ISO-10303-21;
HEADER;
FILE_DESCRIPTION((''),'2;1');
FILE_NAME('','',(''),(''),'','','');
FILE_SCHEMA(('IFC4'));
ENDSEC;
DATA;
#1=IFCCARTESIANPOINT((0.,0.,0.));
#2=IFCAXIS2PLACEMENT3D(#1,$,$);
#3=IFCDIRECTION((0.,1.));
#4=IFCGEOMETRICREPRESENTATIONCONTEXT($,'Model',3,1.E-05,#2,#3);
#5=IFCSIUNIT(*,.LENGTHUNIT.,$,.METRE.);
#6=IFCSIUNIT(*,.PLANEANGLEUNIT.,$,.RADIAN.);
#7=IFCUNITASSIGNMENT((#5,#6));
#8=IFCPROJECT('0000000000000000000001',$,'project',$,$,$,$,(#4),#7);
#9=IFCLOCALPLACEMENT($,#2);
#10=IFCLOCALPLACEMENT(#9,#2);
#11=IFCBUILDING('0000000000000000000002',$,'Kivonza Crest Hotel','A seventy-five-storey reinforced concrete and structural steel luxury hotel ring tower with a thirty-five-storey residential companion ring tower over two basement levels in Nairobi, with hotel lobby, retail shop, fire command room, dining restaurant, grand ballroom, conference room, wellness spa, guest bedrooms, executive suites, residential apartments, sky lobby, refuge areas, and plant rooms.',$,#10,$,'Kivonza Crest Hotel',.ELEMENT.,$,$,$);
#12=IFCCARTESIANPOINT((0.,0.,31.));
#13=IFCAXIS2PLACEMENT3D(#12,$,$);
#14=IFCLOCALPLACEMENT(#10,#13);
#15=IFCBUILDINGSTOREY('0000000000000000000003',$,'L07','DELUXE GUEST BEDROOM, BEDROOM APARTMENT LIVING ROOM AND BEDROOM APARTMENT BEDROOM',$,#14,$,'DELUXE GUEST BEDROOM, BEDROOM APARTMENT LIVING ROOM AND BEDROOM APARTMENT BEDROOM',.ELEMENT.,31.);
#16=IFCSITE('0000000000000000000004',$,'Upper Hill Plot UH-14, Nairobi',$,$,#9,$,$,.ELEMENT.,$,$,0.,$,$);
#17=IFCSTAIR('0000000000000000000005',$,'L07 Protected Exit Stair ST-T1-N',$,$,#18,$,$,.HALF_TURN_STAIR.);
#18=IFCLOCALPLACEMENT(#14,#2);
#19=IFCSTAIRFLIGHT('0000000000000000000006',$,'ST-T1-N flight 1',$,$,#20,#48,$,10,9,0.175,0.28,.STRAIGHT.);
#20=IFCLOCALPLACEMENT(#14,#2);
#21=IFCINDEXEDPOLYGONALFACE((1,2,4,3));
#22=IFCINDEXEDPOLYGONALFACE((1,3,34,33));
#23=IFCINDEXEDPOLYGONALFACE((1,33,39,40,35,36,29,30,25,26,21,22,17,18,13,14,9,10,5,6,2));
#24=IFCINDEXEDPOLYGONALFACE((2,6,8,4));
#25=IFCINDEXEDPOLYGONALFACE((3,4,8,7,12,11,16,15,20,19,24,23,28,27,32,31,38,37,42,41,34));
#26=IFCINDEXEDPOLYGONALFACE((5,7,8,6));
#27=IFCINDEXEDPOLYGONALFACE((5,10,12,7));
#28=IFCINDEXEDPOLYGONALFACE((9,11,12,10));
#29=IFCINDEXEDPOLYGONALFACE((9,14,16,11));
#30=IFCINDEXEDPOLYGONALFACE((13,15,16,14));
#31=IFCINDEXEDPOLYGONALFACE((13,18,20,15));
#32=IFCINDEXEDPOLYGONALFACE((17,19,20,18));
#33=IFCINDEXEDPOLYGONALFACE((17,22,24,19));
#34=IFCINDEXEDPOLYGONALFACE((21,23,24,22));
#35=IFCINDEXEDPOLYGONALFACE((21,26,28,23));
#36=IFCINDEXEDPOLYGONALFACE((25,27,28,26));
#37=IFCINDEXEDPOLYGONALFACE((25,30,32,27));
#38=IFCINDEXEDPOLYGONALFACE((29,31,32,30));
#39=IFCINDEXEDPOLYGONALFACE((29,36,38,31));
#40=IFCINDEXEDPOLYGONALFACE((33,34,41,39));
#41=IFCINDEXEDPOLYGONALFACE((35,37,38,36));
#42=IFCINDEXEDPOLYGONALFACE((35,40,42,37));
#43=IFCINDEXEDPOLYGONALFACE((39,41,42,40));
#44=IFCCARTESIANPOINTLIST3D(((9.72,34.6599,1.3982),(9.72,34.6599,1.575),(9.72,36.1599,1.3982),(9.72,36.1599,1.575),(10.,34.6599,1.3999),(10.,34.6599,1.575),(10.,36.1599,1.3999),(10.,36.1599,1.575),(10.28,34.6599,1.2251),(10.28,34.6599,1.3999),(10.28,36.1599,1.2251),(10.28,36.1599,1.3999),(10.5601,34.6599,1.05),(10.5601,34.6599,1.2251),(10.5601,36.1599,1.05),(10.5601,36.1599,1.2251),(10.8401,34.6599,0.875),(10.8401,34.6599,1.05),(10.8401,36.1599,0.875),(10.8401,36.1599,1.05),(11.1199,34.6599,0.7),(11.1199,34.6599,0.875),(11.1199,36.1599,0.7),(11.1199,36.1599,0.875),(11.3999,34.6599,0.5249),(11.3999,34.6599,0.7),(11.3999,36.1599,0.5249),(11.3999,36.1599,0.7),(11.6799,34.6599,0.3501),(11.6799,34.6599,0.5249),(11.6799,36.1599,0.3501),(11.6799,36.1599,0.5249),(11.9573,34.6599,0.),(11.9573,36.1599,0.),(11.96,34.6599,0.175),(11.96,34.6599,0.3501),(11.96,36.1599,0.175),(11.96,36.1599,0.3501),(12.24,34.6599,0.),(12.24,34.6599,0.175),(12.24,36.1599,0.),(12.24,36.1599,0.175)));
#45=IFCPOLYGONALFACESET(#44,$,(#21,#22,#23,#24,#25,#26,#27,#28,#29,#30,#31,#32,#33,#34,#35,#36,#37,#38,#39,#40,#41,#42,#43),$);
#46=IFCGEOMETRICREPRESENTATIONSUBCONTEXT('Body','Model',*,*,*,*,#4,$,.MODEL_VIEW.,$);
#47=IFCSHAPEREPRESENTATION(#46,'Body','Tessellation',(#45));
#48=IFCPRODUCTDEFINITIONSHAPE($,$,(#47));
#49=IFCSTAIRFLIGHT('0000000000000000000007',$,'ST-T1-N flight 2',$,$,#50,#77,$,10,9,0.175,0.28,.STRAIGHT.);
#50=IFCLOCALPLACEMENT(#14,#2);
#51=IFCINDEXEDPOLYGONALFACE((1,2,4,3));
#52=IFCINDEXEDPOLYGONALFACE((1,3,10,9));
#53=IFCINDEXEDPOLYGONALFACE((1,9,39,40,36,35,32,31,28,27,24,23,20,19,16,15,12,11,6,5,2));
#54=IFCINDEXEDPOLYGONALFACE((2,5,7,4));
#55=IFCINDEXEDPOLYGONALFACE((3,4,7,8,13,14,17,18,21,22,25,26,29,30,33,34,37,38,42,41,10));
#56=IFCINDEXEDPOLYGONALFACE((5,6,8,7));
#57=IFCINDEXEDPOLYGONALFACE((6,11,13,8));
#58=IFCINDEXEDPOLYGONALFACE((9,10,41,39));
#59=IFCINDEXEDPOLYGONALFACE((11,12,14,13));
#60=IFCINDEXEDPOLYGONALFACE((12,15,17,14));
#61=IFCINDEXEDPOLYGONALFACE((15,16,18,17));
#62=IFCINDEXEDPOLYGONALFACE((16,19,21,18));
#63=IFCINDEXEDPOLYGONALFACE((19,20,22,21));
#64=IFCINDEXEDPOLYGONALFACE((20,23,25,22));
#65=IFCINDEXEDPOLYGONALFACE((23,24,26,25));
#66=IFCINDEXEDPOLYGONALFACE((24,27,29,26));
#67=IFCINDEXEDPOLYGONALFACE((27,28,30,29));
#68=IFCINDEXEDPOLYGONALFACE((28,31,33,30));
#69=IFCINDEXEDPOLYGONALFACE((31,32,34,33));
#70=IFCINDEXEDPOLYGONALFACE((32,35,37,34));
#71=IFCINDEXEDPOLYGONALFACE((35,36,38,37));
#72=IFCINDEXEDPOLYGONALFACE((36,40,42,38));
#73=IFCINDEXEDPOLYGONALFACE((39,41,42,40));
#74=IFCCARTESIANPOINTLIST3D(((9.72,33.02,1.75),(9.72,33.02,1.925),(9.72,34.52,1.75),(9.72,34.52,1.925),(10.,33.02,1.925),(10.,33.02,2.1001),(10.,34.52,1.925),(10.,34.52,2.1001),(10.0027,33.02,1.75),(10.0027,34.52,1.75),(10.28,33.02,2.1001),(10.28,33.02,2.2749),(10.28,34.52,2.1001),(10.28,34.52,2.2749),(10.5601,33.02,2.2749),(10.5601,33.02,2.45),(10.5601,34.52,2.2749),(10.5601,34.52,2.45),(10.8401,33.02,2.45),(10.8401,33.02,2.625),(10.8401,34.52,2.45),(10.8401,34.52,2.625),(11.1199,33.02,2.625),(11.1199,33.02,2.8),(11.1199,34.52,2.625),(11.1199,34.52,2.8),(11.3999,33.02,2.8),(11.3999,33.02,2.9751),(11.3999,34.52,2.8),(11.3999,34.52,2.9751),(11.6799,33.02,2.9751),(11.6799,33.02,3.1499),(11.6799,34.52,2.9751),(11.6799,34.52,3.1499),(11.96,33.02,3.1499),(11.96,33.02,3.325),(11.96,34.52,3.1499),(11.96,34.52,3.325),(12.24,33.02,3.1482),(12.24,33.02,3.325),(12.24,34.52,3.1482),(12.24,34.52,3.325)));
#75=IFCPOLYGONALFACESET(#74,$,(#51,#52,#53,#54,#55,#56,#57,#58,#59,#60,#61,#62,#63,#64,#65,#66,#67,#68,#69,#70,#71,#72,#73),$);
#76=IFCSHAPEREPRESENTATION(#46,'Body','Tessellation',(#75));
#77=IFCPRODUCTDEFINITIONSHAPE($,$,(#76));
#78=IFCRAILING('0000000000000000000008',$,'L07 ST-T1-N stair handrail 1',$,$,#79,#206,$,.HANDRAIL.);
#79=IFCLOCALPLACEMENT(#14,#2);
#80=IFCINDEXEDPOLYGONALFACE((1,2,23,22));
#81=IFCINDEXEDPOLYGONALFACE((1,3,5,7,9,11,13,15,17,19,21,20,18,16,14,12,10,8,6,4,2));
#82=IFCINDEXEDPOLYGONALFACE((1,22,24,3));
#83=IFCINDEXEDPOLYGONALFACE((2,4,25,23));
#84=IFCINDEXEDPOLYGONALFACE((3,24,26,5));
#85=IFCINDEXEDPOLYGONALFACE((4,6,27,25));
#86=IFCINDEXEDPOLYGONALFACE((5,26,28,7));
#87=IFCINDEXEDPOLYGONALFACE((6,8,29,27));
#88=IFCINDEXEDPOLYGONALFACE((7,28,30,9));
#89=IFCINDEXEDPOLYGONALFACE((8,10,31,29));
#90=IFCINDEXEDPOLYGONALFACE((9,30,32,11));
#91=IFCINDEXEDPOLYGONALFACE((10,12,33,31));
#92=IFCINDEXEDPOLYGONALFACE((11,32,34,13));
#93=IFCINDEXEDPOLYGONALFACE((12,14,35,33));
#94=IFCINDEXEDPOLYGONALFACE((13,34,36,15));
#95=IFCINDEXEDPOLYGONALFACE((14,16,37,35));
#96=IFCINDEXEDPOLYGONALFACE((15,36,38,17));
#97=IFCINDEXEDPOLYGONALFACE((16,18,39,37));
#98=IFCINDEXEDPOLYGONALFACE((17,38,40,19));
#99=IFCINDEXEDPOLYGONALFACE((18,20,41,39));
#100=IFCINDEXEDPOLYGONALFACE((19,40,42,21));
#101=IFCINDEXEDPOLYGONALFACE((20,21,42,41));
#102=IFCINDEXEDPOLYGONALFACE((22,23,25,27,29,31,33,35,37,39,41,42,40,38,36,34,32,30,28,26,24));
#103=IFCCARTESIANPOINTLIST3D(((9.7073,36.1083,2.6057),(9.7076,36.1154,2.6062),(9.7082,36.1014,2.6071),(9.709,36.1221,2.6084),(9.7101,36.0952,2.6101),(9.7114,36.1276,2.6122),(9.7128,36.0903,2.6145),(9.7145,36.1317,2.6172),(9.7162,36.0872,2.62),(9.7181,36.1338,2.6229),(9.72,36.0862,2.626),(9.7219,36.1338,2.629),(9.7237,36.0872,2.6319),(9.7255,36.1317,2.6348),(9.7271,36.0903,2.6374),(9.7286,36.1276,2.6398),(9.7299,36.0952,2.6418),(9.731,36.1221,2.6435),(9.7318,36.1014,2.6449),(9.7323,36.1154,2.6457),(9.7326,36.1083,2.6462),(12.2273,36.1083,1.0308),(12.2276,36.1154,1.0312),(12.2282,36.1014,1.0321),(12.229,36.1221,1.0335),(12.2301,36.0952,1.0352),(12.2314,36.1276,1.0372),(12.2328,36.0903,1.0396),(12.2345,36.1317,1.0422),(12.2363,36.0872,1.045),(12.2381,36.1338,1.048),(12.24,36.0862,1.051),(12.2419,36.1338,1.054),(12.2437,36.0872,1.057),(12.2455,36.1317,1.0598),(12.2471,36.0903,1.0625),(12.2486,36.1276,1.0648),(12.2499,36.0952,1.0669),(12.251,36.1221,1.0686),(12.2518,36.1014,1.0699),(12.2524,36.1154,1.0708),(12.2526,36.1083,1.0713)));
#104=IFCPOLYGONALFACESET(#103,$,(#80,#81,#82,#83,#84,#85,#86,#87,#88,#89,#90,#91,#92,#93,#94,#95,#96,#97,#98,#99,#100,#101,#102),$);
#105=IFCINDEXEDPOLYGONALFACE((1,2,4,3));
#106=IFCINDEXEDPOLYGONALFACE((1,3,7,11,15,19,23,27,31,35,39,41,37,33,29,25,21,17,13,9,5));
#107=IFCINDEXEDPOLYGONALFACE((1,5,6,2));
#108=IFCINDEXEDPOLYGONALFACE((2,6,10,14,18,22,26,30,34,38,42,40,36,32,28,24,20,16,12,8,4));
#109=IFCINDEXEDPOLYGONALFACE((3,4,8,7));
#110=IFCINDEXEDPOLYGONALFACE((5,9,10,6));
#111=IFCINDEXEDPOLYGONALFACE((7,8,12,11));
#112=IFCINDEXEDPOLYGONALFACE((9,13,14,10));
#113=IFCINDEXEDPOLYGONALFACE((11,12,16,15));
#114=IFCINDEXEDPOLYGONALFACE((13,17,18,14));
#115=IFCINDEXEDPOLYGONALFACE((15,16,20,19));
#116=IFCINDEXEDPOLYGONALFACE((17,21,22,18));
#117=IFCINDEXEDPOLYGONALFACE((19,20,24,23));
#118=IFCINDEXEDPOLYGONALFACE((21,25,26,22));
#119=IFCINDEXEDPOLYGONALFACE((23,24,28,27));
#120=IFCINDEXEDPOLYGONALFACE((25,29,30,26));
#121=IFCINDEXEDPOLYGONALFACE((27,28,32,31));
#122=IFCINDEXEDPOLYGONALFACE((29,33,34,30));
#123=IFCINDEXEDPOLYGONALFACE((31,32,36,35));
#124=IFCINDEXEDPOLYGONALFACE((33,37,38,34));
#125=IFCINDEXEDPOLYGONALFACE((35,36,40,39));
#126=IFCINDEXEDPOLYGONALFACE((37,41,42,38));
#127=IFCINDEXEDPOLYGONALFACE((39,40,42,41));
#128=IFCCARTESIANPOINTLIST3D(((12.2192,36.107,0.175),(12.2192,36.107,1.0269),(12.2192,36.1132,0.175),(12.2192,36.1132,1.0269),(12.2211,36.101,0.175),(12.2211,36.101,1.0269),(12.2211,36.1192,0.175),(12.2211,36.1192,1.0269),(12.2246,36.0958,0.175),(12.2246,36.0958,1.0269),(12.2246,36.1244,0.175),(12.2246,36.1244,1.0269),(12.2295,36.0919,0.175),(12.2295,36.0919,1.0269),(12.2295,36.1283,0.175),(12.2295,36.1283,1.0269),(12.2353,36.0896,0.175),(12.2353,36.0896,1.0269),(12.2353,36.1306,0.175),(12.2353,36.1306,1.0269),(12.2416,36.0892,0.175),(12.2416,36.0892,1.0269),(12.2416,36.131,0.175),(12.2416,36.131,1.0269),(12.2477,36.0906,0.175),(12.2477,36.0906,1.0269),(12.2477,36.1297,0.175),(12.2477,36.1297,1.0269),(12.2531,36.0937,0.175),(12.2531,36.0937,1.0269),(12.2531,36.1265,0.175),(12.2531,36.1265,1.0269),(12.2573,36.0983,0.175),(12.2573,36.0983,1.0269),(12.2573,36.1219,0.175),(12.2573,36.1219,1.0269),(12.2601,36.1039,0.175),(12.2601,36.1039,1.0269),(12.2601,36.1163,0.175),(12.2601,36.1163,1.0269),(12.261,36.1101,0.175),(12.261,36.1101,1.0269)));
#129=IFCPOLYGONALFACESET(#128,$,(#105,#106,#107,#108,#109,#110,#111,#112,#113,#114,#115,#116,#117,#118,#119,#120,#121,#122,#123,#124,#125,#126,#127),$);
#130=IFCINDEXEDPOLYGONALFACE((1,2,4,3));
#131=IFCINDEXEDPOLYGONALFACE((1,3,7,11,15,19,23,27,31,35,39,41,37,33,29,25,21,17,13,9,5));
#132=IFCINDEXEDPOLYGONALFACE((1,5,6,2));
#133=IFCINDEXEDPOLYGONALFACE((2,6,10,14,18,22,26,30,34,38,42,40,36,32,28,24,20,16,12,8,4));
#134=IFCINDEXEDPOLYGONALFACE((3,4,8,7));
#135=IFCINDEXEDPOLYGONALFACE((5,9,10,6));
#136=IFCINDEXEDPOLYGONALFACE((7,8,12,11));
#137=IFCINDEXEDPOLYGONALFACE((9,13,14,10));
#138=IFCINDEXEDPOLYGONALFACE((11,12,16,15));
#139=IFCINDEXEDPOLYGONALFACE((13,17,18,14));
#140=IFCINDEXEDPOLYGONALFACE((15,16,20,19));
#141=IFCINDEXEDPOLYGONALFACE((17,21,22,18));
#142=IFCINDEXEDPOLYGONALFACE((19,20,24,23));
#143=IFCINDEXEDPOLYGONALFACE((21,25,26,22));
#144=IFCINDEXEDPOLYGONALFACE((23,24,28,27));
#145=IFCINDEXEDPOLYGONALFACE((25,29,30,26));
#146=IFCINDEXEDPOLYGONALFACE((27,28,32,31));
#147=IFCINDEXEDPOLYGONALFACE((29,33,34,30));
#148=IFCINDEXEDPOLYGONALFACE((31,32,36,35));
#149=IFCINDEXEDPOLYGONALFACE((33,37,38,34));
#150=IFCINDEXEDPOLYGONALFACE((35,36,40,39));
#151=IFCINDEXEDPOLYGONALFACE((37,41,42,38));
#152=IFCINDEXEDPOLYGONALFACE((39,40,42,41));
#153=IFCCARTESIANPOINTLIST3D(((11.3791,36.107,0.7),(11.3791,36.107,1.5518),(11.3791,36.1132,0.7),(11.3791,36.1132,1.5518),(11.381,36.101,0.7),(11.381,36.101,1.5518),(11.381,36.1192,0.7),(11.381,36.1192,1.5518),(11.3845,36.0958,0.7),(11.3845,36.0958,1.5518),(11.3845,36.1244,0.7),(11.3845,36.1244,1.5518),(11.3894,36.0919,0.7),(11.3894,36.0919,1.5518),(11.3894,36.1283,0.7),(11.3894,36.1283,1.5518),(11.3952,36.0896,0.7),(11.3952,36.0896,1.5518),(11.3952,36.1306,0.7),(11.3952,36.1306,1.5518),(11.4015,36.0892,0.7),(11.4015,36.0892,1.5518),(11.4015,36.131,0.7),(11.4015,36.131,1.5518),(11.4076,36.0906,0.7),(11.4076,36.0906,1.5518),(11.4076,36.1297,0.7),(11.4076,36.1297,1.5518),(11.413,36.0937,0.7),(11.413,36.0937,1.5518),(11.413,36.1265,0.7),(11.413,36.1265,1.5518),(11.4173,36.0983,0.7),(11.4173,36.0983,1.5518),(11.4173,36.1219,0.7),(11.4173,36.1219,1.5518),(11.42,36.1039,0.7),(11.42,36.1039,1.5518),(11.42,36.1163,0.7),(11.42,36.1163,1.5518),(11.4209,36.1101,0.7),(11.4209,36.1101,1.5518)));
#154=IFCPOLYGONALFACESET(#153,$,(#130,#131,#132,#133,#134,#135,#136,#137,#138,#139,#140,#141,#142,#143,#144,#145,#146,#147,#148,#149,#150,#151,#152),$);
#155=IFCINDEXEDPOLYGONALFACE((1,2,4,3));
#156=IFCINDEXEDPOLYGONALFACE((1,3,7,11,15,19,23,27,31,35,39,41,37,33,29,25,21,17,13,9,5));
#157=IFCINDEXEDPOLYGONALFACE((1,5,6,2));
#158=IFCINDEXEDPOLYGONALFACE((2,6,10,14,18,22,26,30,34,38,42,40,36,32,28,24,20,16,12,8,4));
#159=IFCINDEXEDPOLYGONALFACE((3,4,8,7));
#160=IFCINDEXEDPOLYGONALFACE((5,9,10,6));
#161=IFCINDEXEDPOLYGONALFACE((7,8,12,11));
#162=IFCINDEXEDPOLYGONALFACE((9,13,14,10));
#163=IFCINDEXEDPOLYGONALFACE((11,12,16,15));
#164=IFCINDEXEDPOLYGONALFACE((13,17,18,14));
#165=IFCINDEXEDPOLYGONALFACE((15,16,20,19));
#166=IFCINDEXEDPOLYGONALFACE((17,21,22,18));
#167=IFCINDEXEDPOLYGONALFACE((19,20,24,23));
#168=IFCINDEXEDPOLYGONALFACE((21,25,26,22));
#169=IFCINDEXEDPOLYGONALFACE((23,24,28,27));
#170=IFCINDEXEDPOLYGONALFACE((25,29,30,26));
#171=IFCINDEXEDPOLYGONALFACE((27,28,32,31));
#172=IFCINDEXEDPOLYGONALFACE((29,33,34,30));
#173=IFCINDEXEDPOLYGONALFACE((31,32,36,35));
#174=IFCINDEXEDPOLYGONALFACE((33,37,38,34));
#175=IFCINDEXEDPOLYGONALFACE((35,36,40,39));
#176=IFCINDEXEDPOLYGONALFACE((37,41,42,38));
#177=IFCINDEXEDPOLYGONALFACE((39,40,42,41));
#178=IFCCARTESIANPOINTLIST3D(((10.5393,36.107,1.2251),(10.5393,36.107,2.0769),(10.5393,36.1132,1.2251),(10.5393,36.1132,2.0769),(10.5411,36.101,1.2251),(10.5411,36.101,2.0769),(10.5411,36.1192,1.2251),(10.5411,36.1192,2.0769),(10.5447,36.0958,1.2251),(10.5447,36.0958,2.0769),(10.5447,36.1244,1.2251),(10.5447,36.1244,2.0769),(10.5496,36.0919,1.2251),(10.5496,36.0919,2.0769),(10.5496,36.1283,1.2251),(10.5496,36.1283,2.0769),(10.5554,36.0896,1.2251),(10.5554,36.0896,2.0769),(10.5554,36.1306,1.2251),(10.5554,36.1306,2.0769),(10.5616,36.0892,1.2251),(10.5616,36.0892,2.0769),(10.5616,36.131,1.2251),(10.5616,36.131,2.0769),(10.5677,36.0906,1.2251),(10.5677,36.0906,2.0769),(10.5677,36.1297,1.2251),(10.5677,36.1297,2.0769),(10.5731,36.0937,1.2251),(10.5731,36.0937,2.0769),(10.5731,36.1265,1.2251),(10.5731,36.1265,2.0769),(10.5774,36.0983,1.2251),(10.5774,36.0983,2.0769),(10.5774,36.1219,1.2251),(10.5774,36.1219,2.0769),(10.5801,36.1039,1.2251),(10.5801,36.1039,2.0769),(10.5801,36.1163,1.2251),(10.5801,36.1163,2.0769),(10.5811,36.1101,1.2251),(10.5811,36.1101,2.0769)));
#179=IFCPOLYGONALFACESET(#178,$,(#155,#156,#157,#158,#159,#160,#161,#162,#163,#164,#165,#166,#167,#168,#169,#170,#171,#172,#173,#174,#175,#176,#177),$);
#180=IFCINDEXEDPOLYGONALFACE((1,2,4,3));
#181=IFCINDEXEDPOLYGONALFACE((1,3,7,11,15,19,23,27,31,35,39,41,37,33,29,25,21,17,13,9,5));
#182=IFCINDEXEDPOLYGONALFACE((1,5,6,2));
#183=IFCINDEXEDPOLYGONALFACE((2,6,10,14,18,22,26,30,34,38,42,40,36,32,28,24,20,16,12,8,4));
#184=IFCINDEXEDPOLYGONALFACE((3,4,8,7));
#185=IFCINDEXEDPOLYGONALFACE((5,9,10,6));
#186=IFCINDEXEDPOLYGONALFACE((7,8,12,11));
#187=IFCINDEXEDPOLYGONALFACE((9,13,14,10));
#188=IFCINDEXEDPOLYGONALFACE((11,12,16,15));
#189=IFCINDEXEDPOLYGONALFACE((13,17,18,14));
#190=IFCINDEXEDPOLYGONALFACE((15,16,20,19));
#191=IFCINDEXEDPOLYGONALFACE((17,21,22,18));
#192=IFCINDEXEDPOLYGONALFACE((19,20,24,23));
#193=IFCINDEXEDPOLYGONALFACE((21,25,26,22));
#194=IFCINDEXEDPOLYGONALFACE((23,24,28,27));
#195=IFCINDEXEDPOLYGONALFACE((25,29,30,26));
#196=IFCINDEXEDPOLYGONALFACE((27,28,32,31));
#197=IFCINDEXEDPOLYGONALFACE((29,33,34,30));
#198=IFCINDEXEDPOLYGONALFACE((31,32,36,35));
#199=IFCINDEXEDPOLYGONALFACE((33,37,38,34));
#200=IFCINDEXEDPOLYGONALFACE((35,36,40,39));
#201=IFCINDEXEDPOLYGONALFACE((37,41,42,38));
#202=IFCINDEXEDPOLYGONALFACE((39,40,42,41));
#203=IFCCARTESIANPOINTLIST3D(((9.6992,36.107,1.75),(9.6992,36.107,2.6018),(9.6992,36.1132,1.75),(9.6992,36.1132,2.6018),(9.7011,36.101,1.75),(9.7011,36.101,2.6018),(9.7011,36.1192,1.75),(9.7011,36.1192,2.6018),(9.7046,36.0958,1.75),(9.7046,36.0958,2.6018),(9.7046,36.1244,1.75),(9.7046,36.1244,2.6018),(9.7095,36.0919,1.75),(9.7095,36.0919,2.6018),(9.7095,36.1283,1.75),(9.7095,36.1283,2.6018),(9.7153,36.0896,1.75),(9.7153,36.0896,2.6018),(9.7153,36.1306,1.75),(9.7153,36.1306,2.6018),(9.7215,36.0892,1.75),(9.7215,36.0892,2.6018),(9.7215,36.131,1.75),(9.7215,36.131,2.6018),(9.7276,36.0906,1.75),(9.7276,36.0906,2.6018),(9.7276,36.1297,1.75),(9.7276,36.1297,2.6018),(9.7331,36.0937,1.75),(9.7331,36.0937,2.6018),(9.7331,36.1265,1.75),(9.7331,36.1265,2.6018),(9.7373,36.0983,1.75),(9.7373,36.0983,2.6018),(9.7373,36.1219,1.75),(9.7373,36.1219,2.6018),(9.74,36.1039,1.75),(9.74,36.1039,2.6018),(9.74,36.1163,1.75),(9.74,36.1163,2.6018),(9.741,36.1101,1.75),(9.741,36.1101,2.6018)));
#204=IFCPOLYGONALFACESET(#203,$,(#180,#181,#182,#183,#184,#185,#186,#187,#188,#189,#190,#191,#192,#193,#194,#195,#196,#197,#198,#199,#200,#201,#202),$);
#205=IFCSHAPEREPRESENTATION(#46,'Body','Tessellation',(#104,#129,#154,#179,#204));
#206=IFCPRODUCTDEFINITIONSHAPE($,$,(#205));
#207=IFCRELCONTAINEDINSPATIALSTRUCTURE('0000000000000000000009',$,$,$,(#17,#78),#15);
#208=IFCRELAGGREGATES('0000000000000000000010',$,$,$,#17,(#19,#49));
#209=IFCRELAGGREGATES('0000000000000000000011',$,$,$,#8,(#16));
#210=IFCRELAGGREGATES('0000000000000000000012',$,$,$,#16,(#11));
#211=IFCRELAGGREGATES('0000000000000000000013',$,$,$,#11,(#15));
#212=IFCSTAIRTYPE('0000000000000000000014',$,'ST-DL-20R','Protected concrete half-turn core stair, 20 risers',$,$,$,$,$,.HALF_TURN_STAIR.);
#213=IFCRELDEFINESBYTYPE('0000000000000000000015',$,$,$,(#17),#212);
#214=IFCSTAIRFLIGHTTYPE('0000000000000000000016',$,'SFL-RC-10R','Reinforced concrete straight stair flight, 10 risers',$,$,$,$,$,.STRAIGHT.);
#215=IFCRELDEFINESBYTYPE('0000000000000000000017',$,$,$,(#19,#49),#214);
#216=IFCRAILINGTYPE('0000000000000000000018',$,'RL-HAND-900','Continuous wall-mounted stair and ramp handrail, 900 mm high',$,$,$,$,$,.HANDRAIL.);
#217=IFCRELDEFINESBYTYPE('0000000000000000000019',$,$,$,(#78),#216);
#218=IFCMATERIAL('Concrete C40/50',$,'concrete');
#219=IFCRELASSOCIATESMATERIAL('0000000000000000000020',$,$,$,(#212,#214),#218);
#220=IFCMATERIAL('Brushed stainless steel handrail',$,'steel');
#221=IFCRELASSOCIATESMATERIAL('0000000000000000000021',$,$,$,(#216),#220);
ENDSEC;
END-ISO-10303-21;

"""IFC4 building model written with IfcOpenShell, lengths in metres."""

from ifc_helpers import new_model, si_unit, direction, frame, origin, origin_2d, place, context, subcontext, project, spatial, polyline, circle, outline, extrude, material, type_object, element, aggregate, save


model = new_model("IFC4")

# Units and contexts
model_context = context("Model", 3, precision=1e-05, world=origin(), true_north=direction((0.0, 1.0)))
body_context = subcontext(model_context, "Body", "Model", "MODEL_VIEW")
ifc_project = project(units=[si_unit("LENGTHUNIT", "METRE"), si_unit("PLANEANGLEUNIT", "RADIAN")], contexts=[model_context])

# Site, building, storey
site_placement = place(None, origin())
site = spatial("IfcSite", under=ifc_project, at=site_placement, Name="Upper Hill Plot UH-14, Nairobi", CompositionType="ELEMENT", RefElevation=0.0)
building_placement = place(site_placement, origin())
building = spatial("IfcBuilding", under=site, at=building_placement, Name="Kivonza Crest Hotel", Description="A seventy-five-storey reinforced concrete and structural steel luxury hotel ring tower with a thirty-five-storey residential companion ring tower over two basement levels in Nairobi, with hotel lobby, retail shop, fire command room, dining restaurant, grand ballroom, conference room, wellness spa, guest bedrooms, executive suites, residential apartments, sky lobby, refuge areas, and plant rooms.", LongName="Kivonza Crest Hotel", CompositionType="ELEMENT")
storey_placement = place(building_placement, frame((0.0, 0.0, 31.0)))
storey = spatial("IfcBuildingStorey", under=building, at=storey_placement, Name="L07", Description="DELUXE GUEST BEDROOM, BEDROOM APARTMENT LIVING ROOM AND BEDROOM APARTMENT BEDROOM", LongName="DELUXE GUEST BEDROOM, BEDROOM APARTMENT LIVING ROOM AND BEDROOM APARTMENT BEDROOM", CompositionType="ELEMENT", Elevation=31.0)

# Stair, stair flights
ifc_material_1 = material(Name="Concrete C40/50", Category="concrete")
stair_type = type_object("IfcStairType", Name="ST-DL-20R", Description="Protected concrete half-turn core stair, 20 risers", PredefinedType="HALF_TURN_STAIR", material=ifc_material_1)
stair_placement = place(storey_placement, origin())
stair = element("IfcStair", 1, at=stair_placement, inside=storey, type_object=stair_type, Name="L07 Protected Exit Stair ST-T1-N", PredefinedType="HALF_TURN_STAIR")
stair_flight_type = type_object("IfcStairFlightType", Name="SFL-RC-10R", Description="Reinforced concrete straight stair flight, 10 risers", PredefinedType="STRAIGHT", material=ifc_material_1)
stair_flight_1_placement = place(storey_placement, frame((12.24, 35.4099, 0.0), z_axis=(0.0, 0.0, 1.0), x_axis=(-1.0, 0.0, 0.0)))
stair_flight_1 = element("IfcStairFlight", 2, at=stair_flight_1_placement, type_object=stair_flight_type, Name="ST-T1-N flight 1", NumberOfRisers=10, NumberOfTreads=9, PredefinedType="STRAIGHT", RiserHeight=0.175, TreadLength=0.28, context=body_context, shape_type="SweptSolid", body=[
    extrude(outline(polyline([(0.0, 0.0), (0.0, 0.175), (0.28, 0.175), (0.28, 0.3501), (0.5601, 0.3501), (0.5601, 0.5249), (0.8401, 0.5249), (0.8401, 0.7), (1.1201, 0.7), (1.1201, 0.875), (1.3999, 0.875), (1.3999, 1.05), (1.6799, 1.05), (1.6799, 1.2251), (1.96, 1.2251), (1.96, 1.3999), (2.24, 1.3999), (2.24, 1.575), (2.52, 1.575), (2.52, 1.75), (2.52, 1.3982), (0.2827, 0.0), (0.0, 0.0)])), frame((0.0, 0.75, 0.0), z_axis=(0.0, -1.0, 0.0), x_axis=(1.0, 0.0, 0.0)), (0.0, 0.0, 1.0), 1.5),
])
stair_flight_2_placement = place(storey_placement, frame((9.72, 33.77, 1.75), z_axis=(0.0, 0.0, 1.0), x_axis=(1.0, 0.0, 0.0)))
stair_flight_2 = element("IfcStairFlight", 3, at=stair_flight_2_placement, type_object=stair_flight_type, Name="ST-T1-N flight 2", NumberOfRisers=10, NumberOfTreads=9, PredefinedType="STRAIGHT", RiserHeight=0.175, TreadLength=0.28, context=body_context, shape_type="SweptSolid", body=[
    extrude(outline(polyline([(0.0, 0.0), (0.0, 0.175), (0.28, 0.175), (0.28, 0.3501), (0.5601, 0.3501), (0.5601, 0.5249), (0.8401, 0.5249), (0.8401, 0.7), (1.1201, 0.7), (1.1201, 0.875), (1.3999, 0.875), (1.3999, 1.05), (1.6799, 1.05), (1.6799, 1.2251), (1.96, 1.2251), (1.96, 1.3999), (2.24, 1.3999), (2.24, 1.575), (2.52, 1.575), (2.52, 1.75), (2.52, 1.3982), (0.2827, 0.0), (0.0, 0.0)])), frame((0.0, 0.75, 0.0), z_axis=(0.0, -1.0, 0.0), x_axis=(1.0, 0.0, 0.0)), (0.0, 0.0, 1.0), 1.5),
])
aggregate(stair, [stair_flight_1, stair_flight_2])

# Railing
ifc_material_2 = material(Name="Brushed stainless steel handrail", Category="steel")
railing_type_1 = type_object("IfcRailingType", Name="RL-HAND-900", Description="Continuous wall-mounted stair and ramp handrail, 900 mm high", PredefinedType="HANDRAIL", material=ifc_material_2)
railing_1_placement = place(storey_placement, frame((12.24, 36.1101, 0.175)))
element("IfcRailing", 4, at=railing_1_placement, inside=storey, type_object=railing_type_1, Name="L07 ST-T1-N stair handrail 1", PredefinedType="HANDRAIL", context=body_context, shape_type="SweptSolid", body=[
    extrude(circle(Radius=0.0239, at=origin_2d()), frame((0.0, 0.0, 0.876), z_axis=(-0.848008, 0.0, 0.529984), x_axis=(0.0, -1.0, 0.0)), (0.0, 0.0, 1.0), 2.9717),
    extrude(circle(Radius=0.021, at=origin_2d()), origin(), (0.0, 0.0, 1.0), 0.8518),
    extrude(circle(Radius=0.021, at=origin_2d()), frame((-0.8401, 0.0, 0.5249)), (0.0, 0.0, 1.0), 0.8518),
    extrude(circle(Radius=0.021, at=origin_2d()), frame((-1.6799, 0.0, 1.05)), (0.0, 0.0, 1.0), 0.8518),
    extrude(circle(Radius=0.021, at=origin_2d()), frame((-2.52, 0.0, 1.575)), (0.0, 0.0, 1.0), 0.8518),
])

save(model, "model.ifc")
